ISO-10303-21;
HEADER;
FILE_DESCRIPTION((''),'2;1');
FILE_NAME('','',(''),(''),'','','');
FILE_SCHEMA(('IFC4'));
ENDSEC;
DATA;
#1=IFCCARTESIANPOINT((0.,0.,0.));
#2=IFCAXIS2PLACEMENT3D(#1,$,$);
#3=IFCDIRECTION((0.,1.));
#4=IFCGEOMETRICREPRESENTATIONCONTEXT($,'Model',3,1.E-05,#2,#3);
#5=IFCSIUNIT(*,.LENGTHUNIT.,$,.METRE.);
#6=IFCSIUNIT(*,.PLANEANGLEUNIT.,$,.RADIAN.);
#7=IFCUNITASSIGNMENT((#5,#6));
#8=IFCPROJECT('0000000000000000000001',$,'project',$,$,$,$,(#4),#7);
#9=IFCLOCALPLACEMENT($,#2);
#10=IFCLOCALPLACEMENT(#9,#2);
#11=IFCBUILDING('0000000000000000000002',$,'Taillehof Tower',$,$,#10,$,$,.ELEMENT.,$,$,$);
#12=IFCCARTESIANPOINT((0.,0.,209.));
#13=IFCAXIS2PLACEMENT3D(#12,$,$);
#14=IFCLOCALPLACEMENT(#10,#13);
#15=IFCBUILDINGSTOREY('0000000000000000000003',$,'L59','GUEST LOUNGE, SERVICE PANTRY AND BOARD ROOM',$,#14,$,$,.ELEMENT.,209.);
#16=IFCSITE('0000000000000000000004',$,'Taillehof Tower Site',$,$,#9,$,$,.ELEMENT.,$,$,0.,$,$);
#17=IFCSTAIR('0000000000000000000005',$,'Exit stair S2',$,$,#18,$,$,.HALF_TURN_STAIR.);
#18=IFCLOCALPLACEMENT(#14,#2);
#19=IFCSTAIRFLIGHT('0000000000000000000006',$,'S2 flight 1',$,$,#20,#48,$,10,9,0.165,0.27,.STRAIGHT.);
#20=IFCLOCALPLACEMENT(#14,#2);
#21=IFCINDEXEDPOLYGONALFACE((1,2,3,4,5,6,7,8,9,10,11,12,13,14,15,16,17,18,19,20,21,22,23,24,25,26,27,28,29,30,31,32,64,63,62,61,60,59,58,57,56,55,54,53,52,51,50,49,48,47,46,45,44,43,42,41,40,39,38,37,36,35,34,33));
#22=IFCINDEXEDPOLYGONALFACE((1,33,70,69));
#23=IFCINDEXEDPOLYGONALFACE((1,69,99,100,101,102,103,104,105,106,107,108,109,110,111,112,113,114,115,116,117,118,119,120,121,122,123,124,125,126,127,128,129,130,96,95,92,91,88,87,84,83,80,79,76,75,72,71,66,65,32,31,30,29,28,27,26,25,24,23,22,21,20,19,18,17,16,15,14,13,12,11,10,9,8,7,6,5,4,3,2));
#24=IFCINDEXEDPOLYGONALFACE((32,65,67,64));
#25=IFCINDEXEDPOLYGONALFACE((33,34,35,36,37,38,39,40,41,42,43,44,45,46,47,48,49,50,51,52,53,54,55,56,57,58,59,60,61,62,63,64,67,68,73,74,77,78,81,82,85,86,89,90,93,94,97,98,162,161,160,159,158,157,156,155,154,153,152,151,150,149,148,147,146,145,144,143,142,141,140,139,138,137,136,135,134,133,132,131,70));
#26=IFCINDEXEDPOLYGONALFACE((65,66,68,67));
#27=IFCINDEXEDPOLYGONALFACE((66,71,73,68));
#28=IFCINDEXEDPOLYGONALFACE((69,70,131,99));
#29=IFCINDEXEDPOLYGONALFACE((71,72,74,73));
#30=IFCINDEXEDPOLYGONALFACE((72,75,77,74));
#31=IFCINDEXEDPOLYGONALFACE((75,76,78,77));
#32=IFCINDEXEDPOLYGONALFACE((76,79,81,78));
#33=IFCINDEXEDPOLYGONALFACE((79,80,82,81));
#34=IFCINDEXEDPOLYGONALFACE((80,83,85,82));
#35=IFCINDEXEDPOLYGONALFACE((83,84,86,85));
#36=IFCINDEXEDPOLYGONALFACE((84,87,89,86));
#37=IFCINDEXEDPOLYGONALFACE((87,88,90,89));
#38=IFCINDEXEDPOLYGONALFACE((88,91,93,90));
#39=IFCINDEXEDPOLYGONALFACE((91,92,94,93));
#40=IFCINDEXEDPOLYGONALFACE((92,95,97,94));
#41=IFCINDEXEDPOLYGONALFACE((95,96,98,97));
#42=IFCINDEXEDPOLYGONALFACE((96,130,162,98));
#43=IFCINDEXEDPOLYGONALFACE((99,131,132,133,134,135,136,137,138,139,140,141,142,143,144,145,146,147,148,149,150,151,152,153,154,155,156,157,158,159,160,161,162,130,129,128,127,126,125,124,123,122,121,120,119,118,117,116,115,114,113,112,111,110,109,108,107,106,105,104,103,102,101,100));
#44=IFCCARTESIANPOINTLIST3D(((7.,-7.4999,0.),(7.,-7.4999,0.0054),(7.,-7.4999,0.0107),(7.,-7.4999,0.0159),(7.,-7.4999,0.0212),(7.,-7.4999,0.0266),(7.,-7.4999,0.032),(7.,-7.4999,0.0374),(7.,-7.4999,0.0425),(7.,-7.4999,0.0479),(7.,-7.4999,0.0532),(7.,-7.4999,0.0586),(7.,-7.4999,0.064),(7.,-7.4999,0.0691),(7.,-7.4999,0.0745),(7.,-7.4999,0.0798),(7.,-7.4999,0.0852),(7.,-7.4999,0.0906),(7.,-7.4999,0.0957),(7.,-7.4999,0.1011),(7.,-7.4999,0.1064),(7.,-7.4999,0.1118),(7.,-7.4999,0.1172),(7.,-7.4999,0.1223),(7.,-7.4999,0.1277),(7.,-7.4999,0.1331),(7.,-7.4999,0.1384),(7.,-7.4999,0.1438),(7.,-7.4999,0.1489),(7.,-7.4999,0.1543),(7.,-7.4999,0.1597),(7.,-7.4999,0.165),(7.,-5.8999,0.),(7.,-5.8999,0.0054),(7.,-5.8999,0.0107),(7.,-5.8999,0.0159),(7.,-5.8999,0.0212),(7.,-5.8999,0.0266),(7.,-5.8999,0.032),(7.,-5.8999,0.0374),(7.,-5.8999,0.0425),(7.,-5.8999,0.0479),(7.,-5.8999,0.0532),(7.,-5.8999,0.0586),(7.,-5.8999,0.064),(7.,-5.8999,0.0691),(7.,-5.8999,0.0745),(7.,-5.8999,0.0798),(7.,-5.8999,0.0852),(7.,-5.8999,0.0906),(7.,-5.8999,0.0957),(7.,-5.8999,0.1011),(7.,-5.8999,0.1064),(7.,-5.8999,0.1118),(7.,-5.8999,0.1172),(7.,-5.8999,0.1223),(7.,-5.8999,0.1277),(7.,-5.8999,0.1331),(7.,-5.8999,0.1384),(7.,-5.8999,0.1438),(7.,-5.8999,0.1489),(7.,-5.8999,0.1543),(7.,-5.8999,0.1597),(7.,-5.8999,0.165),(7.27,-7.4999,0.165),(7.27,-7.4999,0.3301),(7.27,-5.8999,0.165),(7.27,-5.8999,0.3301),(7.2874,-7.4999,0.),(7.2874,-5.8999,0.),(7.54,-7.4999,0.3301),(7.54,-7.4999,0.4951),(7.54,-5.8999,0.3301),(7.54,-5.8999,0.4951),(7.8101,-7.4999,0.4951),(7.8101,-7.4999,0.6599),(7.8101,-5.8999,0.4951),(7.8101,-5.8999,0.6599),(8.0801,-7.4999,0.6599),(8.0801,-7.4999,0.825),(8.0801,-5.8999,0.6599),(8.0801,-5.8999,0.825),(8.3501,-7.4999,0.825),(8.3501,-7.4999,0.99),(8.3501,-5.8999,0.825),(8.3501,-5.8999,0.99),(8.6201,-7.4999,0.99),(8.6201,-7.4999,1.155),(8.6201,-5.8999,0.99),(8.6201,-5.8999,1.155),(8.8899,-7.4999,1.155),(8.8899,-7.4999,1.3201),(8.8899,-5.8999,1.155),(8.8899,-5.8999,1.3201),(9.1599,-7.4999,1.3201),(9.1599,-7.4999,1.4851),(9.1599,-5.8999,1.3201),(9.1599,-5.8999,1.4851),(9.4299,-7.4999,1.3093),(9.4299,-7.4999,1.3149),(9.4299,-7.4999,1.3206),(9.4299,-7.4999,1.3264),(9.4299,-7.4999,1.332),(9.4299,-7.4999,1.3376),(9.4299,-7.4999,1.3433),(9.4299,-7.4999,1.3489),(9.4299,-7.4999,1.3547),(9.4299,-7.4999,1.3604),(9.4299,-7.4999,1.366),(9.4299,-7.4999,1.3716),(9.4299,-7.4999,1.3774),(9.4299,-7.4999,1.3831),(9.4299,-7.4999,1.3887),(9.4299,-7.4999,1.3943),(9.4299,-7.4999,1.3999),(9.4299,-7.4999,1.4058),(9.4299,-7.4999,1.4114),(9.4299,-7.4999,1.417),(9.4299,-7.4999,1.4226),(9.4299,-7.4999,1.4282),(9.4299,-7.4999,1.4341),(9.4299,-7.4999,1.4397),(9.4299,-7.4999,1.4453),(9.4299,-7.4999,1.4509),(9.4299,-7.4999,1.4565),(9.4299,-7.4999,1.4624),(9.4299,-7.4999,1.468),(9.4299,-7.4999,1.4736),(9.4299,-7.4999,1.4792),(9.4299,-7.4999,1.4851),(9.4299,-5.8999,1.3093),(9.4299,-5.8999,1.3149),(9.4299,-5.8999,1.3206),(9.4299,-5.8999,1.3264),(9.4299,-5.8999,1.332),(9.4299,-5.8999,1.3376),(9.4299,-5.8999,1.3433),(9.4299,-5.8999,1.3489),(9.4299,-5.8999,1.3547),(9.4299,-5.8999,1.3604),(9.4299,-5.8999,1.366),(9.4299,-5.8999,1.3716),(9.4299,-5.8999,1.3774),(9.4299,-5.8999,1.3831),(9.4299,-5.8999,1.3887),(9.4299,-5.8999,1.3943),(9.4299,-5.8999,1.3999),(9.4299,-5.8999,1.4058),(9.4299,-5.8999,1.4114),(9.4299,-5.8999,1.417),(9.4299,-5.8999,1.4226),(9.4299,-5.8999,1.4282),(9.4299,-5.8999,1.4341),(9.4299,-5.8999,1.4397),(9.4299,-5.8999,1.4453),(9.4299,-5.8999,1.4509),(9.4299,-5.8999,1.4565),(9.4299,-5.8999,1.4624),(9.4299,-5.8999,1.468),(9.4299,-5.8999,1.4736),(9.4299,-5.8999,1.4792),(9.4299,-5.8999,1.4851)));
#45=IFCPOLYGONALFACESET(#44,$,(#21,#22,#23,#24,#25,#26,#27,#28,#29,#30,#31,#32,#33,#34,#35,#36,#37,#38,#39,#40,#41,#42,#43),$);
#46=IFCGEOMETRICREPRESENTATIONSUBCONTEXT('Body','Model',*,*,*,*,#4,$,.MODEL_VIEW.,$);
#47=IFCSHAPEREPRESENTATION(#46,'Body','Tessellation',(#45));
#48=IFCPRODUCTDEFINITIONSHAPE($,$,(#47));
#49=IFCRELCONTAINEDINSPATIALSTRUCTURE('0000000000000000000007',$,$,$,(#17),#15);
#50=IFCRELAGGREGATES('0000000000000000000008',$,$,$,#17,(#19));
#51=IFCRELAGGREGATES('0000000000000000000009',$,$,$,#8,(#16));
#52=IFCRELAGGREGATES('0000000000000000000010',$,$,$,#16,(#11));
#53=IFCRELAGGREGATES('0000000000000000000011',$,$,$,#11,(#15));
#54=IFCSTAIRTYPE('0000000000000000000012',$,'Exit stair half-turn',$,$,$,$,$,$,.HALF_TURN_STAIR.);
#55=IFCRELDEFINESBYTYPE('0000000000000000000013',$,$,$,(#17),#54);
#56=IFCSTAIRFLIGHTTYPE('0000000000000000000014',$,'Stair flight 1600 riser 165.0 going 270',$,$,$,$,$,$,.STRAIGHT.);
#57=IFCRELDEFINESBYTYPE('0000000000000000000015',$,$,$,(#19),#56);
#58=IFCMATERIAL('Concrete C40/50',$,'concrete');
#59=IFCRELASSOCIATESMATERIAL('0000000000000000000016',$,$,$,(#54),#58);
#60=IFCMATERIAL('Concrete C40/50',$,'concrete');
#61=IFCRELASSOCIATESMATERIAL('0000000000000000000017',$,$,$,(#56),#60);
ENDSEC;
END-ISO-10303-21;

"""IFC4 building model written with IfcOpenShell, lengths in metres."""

from ifc_helpers import new_model, si_unit, direction, frame, origin, place, context, subcontext, project, spatial, polyline, outline, extrude, material, type_object, element, aggregate, save


model = new_model("IFC4")

# Units and contexts
model_context = context("Model", 3, precision=1e-05, world=origin(), true_north=direction((0.0, 1.0)))
body_context = subcontext(model_context, "Body", "Model", "MODEL_VIEW")
ifc_project = project(units=[si_unit("LENGTHUNIT", "METRE"), si_unit("PLANEANGLEUNIT", "RADIAN")], contexts=[model_context])

# Site, building, storey
site_placement = place(None, origin())
site = spatial("IfcSite", under=ifc_project, at=site_placement, Name="Taillehof Tower Site", CompositionType="ELEMENT", RefElevation=0.0)
building_placement = place(site_placement, origin())
building = spatial("IfcBuilding", under=site, at=building_placement, Name="Taillehof Tower", CompositionType="ELEMENT")
storey_placement = place(building_placement, frame((0.0, 0.0, 209.0)))
storey = spatial("IfcBuildingStorey", under=building, at=storey_placement, Name="L59", Description="GUEST LOUNGE, SERVICE PANTRY AND BOARD ROOM", CompositionType="ELEMENT", Elevation=209.0)

# Stair, stair flight
ifc_material_1 = material(Name="Concrete C40/50", Category="concrete")
stair_type = type_object("IfcStairType", Name="Exit stair half-turn", PredefinedType="HALF_TURN_STAIR", material=ifc_material_1)
stair_placement = place(storey_placement, origin())
stair = element("IfcStair", 1, at=stair_placement, inside=storey, type_object=stair_type, Name="Exit stair S2", PredefinedType="HALF_TURN_STAIR")
ifc_material_2 = material(Name="Concrete C40/50", Category="concrete")
stair_flight_type = type_object("IfcStairFlightType", Name="Stair flight 1600 riser 165.0 going 270", PredefinedType="STRAIGHT", material=ifc_material_2)
stair_flight_placement = place(storey_placement, frame((7.0, -6.7, 0.0), z_axis=(0.0, 0.0, 1.0), x_axis=(1.0, 0.0, 0.0)))
stair_flight = element("IfcStairFlight", 2, at=stair_flight_placement, type_object=stair_flight_type, Name="S2 flight 1", NumberOfRisers=10, NumberOfTreads=9, PredefinedType="STRAIGHT", RiserHeight=0.165, TreadLength=0.27, context=body_context, shape_type="SweptSolid", body=[
    extrude(outline(polyline([(0.0, 0.0), (0.0, 0.0054), (0.0, 0.0107), (0.0, 0.0159), (0.0, 0.0212), (0.0, 0.0266), (0.0, 0.032), (0.0, 0.0374), (0.0, 0.0425), (0.0, 0.0479), (0.0, 0.0532), (0.0, 0.0586), (0.0, 0.064), (0.0, 0.0691), (0.0, 0.0745), (0.0, 0.0798), (0.0, 0.0852), (0.0, 0.0906), (0.0, 0.0957), (0.0, 0.1011), (0.0, 0.1064), (0.0, 0.1118), (0.0, 0.1172), (0.0, 0.1223), (0.0, 0.1277), (0.0, 0.1331), (0.0, 0.1384), (0.0, 0.1438), (0.0, 0.1489), (0.0, 0.1543), (0.0, 0.1597), (0.0, 0.165), (0.27, 0.165), (0.27, 0.3301), (0.54, 0.3301), (0.54, 0.4951), (0.8101, 0.4951), (0.8101, 0.6599), (1.0801, 0.6599), (1.0801, 0.825), (1.3501, 0.825), (1.3501, 0.99), (1.6201, 0.99), (1.6201, 1.155), (1.8899, 1.155), (1.8899, 1.3201), (2.1599, 1.3201), (2.1599, 1.4851), (2.4299, 1.4851), (2.4299, 1.4792), (2.4299, 1.4736), (2.4299, 1.468), (2.4299, 1.4624), (2.4299, 1.4565), (2.4299, 1.4509), (2.4299, 1.4453), (2.4299, 1.4397), (2.4299, 1.4341), (2.4299, 1.4282), (2.4299, 1.4226), (2.4299, 1.417), (2.4299, 1.4114), (2.4299, 1.4058), (2.4299, 1.3999), (2.4299, 1.3943), (2.4299, 1.3887), (2.4299, 1.3831), (2.4299, 1.3774), (2.4299, 1.3716), (2.4299, 1.366), (2.4299, 1.3604), (2.4299, 1.3547), (2.4299, 1.3489), (2.4299, 1.3433), (2.4299, 1.3376), (2.4299, 1.332), (2.4299, 1.3264), (2.4299, 1.3206), (2.4299, 1.3149), (2.4299, 1.3093), (0.2874, 0.0), (0.0, 0.0)])), frame((0.0, 0.8, 0.0), z_axis=(0.0, -1.0, 0.0), x_axis=(1.0, 0.0, 0.0)), (0.0, 0.0, 1.0), 1.6),
])
aggregate(stair, [stair_flight])

save(model, "model.ifc")
